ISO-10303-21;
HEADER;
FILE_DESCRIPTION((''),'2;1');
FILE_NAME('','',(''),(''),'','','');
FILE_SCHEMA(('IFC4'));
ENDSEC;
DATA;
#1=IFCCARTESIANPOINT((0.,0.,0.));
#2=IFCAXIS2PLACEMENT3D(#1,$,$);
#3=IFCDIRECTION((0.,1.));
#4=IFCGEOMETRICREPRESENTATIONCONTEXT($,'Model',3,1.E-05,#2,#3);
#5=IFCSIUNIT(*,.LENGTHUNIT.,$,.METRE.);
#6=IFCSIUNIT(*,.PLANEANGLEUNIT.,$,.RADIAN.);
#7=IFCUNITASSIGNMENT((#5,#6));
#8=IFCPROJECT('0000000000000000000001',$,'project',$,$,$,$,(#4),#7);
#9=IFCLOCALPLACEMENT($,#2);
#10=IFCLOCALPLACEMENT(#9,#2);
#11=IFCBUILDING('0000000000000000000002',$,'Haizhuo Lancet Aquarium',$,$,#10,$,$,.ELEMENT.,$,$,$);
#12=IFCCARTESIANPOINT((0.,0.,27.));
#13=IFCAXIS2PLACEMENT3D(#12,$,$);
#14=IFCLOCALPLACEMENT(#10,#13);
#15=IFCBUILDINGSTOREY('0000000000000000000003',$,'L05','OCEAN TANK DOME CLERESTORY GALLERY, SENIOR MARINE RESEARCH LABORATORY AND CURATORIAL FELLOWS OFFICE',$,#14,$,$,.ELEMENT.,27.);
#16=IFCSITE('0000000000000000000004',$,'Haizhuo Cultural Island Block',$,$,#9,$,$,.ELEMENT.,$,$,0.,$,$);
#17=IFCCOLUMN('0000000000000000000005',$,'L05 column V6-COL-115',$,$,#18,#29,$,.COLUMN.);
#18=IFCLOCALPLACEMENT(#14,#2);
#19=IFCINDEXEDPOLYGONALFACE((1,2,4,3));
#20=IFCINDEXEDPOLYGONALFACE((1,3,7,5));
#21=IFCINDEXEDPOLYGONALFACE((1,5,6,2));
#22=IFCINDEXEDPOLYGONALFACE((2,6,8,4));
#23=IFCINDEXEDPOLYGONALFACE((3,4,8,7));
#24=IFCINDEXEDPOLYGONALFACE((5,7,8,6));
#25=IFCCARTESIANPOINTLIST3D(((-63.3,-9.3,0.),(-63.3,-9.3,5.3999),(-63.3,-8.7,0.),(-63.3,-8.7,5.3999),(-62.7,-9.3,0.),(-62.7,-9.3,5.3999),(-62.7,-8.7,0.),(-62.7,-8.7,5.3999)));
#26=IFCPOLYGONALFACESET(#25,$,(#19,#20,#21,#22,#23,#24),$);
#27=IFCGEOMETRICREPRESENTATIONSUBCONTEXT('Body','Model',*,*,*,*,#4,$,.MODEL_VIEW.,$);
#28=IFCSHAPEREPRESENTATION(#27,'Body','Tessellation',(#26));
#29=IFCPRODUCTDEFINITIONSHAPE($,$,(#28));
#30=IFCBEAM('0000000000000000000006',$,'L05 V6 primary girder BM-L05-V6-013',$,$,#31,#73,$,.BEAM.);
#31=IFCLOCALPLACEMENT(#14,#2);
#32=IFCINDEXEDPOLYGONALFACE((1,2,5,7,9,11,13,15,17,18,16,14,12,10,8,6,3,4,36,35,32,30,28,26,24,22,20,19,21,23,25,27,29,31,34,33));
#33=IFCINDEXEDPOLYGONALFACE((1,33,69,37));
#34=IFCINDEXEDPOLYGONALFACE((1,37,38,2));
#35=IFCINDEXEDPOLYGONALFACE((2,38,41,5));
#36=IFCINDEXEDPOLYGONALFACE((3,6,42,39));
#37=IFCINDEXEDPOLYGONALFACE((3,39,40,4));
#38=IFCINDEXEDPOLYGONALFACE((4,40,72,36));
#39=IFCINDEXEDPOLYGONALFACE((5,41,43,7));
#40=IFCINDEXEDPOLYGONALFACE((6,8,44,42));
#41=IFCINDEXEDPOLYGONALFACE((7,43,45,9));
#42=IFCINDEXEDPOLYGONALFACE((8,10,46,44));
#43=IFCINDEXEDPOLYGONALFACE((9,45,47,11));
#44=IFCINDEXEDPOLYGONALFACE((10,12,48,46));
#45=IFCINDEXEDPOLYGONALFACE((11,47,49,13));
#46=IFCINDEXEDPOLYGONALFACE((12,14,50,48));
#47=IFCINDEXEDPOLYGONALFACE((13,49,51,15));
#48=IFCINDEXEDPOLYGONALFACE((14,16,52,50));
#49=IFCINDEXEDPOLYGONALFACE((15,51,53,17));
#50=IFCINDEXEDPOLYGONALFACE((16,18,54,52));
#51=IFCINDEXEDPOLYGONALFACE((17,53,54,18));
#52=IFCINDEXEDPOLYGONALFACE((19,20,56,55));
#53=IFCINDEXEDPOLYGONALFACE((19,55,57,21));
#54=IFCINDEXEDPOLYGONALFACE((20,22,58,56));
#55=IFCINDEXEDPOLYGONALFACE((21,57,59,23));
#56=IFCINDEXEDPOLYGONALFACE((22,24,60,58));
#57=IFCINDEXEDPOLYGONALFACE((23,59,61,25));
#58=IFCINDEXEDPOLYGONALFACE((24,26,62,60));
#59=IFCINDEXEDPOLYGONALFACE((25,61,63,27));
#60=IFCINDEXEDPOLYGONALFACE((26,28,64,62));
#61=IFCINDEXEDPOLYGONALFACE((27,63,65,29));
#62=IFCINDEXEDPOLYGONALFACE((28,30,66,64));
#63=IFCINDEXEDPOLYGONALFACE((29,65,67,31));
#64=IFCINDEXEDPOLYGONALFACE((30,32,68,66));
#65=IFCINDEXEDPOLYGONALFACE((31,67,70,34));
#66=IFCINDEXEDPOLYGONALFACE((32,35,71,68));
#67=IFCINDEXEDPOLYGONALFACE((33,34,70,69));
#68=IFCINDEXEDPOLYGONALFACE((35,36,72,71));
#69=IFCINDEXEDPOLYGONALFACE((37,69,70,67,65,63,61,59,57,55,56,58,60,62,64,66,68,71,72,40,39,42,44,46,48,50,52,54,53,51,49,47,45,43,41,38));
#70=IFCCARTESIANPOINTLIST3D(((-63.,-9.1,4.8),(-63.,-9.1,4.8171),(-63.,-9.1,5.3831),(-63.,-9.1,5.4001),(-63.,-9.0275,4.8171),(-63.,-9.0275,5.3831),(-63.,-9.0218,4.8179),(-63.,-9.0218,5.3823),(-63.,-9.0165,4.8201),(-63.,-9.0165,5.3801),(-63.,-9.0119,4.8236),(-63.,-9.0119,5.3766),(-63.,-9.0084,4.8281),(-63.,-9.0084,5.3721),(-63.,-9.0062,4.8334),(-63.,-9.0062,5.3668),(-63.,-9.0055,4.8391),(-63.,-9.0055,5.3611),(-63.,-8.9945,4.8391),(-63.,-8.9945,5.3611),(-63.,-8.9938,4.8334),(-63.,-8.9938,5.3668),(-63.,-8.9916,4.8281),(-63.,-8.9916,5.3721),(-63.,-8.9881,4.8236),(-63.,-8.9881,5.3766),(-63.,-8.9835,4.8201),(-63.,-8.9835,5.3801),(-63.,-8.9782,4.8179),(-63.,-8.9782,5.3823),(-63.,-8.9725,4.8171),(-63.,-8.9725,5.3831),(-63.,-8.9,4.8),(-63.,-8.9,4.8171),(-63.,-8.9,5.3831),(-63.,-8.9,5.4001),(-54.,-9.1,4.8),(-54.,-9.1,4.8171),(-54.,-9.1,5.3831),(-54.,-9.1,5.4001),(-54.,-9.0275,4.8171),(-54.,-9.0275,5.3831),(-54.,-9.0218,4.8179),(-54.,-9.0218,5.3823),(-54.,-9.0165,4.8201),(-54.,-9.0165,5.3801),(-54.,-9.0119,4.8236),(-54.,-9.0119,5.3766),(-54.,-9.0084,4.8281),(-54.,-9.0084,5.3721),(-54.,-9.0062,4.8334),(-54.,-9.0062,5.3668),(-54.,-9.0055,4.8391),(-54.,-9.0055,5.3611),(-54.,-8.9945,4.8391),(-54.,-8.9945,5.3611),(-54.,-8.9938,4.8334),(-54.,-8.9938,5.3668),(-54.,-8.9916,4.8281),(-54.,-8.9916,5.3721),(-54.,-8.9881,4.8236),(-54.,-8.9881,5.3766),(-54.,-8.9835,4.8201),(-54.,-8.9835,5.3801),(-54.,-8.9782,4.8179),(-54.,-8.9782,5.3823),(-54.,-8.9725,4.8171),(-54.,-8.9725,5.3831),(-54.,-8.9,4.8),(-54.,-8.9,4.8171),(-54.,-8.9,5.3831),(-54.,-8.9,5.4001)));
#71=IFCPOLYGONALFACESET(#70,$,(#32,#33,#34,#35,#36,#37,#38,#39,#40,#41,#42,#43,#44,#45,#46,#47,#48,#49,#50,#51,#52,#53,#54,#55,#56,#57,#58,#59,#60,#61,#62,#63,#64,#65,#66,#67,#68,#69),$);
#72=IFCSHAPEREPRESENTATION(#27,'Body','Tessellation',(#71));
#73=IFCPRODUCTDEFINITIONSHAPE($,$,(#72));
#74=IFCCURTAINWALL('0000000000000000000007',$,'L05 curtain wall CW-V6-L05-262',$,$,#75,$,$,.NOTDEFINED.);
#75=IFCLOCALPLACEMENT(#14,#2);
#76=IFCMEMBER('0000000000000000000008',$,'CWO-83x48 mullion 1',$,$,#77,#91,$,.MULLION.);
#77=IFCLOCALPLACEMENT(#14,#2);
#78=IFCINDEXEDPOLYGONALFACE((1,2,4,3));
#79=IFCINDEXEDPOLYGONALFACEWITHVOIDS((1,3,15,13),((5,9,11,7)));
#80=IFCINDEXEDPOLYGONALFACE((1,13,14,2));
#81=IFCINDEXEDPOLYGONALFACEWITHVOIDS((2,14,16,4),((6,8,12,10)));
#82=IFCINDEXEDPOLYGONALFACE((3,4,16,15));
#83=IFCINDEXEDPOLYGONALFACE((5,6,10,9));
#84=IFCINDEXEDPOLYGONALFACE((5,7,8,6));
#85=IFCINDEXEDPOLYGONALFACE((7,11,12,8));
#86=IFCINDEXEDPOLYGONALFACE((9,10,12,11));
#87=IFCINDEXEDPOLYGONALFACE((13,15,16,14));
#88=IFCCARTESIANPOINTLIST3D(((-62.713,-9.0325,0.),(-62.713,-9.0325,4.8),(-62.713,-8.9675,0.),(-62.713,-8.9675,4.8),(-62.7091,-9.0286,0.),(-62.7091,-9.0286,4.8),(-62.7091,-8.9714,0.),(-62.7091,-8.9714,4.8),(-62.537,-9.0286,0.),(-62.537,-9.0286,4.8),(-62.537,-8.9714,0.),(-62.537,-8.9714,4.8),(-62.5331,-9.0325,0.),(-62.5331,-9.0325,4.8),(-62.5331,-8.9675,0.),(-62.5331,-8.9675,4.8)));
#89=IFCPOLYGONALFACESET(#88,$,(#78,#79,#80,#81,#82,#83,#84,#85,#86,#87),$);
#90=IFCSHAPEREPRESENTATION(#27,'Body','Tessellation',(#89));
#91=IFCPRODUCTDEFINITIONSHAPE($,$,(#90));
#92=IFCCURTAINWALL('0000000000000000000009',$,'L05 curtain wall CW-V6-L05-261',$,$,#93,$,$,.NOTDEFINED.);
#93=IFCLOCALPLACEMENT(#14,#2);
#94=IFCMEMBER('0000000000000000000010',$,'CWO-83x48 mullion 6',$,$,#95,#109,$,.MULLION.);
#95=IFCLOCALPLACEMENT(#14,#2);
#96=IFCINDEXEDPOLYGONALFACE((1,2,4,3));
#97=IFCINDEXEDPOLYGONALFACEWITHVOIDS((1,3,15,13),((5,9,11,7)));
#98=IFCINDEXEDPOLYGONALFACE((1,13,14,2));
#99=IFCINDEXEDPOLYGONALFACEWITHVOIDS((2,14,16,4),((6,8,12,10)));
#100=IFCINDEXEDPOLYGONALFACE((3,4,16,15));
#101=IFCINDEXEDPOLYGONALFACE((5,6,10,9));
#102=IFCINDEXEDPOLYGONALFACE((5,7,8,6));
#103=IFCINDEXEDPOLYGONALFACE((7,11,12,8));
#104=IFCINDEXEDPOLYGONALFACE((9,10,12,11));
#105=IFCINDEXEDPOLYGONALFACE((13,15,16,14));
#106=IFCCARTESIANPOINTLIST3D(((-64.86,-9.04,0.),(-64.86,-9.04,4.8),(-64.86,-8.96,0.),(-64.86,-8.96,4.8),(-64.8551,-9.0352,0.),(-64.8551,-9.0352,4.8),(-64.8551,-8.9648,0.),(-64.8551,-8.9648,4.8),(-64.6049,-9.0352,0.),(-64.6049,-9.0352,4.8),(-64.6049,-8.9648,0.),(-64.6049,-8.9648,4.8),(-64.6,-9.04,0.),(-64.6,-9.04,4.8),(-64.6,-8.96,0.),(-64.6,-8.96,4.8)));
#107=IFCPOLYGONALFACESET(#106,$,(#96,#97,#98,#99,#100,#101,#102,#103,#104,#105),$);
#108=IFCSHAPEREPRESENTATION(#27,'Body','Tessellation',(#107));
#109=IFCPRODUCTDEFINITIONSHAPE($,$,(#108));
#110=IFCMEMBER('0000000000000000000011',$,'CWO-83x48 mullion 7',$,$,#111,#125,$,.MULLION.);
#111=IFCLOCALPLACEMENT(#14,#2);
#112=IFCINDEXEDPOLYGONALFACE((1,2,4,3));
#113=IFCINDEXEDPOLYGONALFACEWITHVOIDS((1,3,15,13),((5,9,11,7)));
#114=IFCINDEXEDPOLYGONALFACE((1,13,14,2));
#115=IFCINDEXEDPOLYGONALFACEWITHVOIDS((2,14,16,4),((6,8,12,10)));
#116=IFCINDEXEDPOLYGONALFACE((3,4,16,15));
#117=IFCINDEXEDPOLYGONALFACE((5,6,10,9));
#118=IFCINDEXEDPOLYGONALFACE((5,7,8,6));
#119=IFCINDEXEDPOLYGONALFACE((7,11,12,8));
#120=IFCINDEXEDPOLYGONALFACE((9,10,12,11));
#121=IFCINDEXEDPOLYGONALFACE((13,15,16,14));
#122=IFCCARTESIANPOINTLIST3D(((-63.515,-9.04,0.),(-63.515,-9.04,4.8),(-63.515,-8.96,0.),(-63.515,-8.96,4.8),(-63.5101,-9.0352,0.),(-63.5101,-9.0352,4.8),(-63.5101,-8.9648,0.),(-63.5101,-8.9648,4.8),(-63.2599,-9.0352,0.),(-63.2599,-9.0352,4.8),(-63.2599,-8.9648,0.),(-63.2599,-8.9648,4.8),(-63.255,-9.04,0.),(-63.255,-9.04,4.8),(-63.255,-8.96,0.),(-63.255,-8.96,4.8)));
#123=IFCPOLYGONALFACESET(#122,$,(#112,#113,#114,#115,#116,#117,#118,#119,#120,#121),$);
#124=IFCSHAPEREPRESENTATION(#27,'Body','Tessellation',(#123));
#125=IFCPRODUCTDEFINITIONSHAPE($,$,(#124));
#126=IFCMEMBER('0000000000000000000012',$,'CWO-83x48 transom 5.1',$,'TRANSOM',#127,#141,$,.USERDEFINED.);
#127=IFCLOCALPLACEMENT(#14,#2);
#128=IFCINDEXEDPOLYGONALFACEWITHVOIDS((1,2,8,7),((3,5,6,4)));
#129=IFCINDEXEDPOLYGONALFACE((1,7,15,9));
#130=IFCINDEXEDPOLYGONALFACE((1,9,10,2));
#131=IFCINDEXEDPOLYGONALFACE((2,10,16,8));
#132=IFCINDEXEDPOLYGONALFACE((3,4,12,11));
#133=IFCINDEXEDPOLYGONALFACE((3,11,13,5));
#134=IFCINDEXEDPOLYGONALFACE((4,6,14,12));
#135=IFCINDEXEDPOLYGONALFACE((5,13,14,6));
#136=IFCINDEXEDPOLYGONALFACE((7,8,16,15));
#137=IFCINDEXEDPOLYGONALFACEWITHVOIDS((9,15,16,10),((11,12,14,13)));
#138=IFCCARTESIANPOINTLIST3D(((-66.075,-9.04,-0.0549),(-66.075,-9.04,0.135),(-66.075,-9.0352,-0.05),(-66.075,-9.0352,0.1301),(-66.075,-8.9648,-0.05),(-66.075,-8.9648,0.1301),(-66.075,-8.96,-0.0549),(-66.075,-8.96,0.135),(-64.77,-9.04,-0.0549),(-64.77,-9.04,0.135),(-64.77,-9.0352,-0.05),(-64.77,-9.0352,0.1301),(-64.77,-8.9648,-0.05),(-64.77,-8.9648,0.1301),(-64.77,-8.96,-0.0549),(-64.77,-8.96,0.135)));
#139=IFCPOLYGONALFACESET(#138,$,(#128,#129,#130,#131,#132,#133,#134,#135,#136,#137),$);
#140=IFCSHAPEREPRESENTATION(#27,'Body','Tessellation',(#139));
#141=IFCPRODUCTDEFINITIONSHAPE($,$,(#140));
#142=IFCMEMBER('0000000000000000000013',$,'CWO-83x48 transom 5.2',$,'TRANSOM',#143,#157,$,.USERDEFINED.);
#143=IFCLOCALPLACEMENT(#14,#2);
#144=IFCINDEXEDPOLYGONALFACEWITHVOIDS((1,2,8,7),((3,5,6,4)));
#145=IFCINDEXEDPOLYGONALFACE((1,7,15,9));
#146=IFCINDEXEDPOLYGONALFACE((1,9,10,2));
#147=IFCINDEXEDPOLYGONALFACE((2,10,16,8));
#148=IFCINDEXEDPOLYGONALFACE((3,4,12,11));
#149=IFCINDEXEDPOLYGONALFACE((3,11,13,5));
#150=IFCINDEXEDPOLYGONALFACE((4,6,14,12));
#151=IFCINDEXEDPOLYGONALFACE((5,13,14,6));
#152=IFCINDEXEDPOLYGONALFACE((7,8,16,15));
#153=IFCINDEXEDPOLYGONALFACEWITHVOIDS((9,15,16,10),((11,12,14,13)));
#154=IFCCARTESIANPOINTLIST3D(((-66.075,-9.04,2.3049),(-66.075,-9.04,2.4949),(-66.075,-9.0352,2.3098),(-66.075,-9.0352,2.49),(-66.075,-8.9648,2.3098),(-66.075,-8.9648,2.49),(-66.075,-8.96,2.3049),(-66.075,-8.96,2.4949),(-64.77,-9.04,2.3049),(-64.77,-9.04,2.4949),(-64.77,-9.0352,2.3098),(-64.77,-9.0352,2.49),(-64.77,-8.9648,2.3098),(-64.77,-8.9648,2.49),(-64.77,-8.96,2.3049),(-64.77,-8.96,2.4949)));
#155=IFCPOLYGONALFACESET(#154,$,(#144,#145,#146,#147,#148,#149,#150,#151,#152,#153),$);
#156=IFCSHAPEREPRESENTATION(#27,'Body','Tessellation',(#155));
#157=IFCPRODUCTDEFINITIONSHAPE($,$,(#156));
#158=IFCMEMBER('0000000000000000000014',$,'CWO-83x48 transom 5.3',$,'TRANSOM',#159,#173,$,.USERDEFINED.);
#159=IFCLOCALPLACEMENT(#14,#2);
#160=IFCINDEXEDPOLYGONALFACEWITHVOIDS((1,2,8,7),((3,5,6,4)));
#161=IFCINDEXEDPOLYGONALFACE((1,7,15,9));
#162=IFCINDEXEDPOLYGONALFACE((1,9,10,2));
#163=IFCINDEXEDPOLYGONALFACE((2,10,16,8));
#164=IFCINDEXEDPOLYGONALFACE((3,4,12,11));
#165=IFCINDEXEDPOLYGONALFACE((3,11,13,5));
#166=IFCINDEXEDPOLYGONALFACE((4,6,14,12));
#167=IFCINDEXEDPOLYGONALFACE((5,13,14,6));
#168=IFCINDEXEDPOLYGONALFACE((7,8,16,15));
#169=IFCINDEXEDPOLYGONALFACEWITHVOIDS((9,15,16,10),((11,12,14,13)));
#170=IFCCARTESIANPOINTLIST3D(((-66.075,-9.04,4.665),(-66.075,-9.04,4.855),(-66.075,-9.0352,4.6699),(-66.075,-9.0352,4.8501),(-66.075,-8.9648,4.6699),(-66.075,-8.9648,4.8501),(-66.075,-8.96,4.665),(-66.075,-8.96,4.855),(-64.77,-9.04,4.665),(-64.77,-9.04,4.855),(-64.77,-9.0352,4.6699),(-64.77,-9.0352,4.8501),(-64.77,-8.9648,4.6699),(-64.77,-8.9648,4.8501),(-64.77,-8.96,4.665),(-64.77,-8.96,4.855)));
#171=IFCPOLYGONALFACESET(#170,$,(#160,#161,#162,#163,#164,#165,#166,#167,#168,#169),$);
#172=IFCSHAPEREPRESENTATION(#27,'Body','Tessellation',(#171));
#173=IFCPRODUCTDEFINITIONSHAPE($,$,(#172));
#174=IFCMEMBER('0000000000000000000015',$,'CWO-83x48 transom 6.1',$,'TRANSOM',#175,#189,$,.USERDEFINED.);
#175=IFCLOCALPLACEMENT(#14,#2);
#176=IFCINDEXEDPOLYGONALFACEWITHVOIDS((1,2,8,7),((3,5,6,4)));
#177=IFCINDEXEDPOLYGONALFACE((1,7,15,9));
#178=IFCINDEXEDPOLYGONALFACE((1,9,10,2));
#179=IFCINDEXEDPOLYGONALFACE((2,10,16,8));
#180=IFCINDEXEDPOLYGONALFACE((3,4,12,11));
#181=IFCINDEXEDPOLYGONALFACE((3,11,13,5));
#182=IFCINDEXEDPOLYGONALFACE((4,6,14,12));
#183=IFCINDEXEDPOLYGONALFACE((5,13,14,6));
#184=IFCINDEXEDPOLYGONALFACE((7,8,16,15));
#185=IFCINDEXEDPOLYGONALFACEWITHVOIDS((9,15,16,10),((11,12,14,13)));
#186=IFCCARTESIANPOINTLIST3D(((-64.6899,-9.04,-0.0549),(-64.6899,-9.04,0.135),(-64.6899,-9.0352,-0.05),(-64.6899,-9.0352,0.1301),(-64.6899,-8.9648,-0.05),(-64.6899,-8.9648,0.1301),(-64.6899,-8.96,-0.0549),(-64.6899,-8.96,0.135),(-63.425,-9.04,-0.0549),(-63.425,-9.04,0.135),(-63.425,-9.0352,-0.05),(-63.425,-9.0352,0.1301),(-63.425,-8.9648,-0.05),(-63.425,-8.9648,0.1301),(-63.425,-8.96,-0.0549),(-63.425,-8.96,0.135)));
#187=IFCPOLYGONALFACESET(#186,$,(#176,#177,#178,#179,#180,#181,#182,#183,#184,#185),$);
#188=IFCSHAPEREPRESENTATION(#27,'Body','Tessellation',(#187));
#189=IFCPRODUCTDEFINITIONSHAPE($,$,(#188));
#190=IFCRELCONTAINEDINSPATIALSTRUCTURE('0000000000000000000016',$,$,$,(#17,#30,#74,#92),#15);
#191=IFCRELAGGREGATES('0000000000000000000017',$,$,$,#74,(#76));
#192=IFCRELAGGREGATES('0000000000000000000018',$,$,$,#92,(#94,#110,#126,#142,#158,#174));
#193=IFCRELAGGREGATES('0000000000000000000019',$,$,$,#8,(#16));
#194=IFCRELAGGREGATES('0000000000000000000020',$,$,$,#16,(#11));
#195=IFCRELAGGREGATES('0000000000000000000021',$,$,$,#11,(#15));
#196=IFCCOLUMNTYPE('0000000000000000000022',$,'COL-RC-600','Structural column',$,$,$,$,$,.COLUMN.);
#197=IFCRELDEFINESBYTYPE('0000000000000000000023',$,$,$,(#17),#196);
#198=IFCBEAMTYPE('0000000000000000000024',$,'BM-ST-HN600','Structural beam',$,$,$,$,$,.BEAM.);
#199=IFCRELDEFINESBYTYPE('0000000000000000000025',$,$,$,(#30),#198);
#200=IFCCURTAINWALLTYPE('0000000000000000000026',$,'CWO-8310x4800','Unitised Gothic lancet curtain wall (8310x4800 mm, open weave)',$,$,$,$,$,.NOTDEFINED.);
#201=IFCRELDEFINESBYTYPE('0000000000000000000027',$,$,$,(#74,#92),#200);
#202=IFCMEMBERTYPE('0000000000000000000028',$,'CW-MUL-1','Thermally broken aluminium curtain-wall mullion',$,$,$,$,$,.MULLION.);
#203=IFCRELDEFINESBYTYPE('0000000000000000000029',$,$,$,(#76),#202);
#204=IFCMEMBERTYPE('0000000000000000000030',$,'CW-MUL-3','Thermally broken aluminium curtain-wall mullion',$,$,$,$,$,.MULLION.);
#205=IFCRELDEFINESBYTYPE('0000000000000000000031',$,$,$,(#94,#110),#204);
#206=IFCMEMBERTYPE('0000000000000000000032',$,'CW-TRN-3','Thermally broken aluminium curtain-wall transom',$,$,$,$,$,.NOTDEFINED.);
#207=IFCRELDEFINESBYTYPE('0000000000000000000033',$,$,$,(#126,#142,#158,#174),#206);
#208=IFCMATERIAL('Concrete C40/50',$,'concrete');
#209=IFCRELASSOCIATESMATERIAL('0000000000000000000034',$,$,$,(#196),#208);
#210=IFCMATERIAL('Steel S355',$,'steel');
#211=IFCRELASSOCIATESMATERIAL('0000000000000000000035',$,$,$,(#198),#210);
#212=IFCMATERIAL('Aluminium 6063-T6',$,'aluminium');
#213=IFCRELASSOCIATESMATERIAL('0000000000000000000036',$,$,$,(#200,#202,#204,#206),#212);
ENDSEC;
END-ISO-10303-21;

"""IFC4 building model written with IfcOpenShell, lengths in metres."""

from ifc_helpers import new_model, si_unit, direction, frame, origin, origin_2d, place, context, subcontext, project, spatial, rectangle, hollow_rectangle, i_section, extrude, material, material_profile, profile_set, type_object, element, aggregate, save


model = new_model("IFC4")

# Units and contexts
model_context = context("Model", 3, precision=1e-05, world=origin(), true_north=direction((0.0, 1.0)))
body_context = subcontext(model_context, "Body", "Model", "MODEL_VIEW")
ifc_project = project(units=[si_unit("LENGTHUNIT", "METRE"), si_unit("PLANEANGLEUNIT", "RADIAN")], contexts=[model_context])

# Site, building, storey
site_placement = place(None, origin())
site = spatial("IfcSite", under=ifc_project, at=site_placement, Name="Haizhuo Cultural Island Block", CompositionType="ELEMENT", RefElevation=0.0)
building_placement = place(site_placement, origin())
building = spatial("IfcBuilding", under=site, at=building_placement, Name="Haizhuo Lancet Aquarium", CompositionType="ELEMENT")
storey_placement = place(building_placement, frame((0.0, 0.0, 27.0)))
storey = spatial("IfcBuildingStorey", under=building, at=storey_placement, Name="L05", Description="OCEAN TANK DOME CLERESTORY GALLERY, SENIOR MARINE RESEARCH LABORATORY AND CURATORIAL FELLOWS OFFICE", CompositionType="ELEMENT", Elevation=27.0)

# Column
ifc_material_1 = material(Name="Concrete C40/50", Category="concrete")
ifc_material_profile_1 = material_profile(ifc_material_1, rectangle(XDim=0.6001, YDim=0.6001, at=origin_2d()), Name="RC-COL 600x600")
ifc_profile_set_1 = profile_set([ifc_material_profile_1], Name="Concrete C40/50")
column_type = type_object("IfcColumnType", Name="COL-RC-600", Description="Structural column", PredefinedType="COLUMN", material=ifc_profile_set_1)
column_placement = place(storey_placement, frame((-63.0, -9.0, 0.0), z_axis=(0.0, 0.0, 1.0), x_axis=(1.0, 0.0, 0.0)))
element("IfcColumn", 1, at=column_placement, inside=storey, type_object=column_type, Name="L05 column V6-COL-115", PredefinedType="COLUMN", context=body_context, shape_type="SweptSolid", body=[
    extrude(rectangle(XDim=0.6001, YDim=0.6001, at=origin_2d()), origin(), (0.0, 0.0, 1.0), 5.3999),
])

# Beam
ifc_material_2 = material(Name="Steel S355", Category="steel")
ifc_material_profile_2 = material_profile(ifc_material_2, i_section(OverallWidth=0.2, OverallDepth=0.6001, WebThickness=0.011, FlangeThickness=0.0171, FilletRadius=0.022, at=origin_2d()), Name="HN 600x200x11x17")
ifc_profile_set_2 = profile_set([ifc_material_profile_2], Name="Steel S355")
beam_type = type_object("IfcBeamType", Name="BM-ST-HN600", Description="Structural beam", PredefinedType="BEAM", material=ifc_profile_set_2)
beam_placement = place(storey_placement, frame((-63.0, -9.0, 5.1001), z_axis=(1.0, 0.0, 0.0), x_axis=(0.0, 1.0, 0.0)))
element("IfcBeam", 2, at=beam_placement, inside=storey, type_object=beam_type, Name="L05 V6 primary girder BM-L05-V6-013", PredefinedType="BEAM", context=body_context, shape_type="SweptSolid", body=[
    extrude(i_section(OverallWidth=0.2, OverallDepth=0.6001, WebThickness=0.011, FlangeThickness=0.0171, FilletRadius=0.022, at=origin_2d()), origin(), (0.0, 0.0, 1.0), 9.0),
])

# Curtain wall, member
ifc_material_3 = material(Name="Aluminium 6063-T6", Category="aluminium")
curtain_wall_type = type_object("IfcCurtainWallType", Name="CWO-8310x4800", Description="Unitised Gothic lancet curtain wall (8310x4800 mm, open weave)", PredefinedType="NOTDEFINED", material=ifc_material_3)
curtain_wall_1_placement = place(storey_placement, origin())
curtain_wall_1 = element("IfcCurtainWall", 3, at=curtain_wall_1_placement, inside=storey, type_object=curtain_wall_type, Name="L05 curtain wall CW-V6-L05-262", PredefinedType="NOTDEFINED")
ifc_material_profile_3 = material_profile(ifc_material_3, hollow_rectangle(XDim=0.0649, YDim=0.1799, WallThickness=0.0039, at=origin_2d()), Name="ALU-M 65x180x4")
ifc_profile_set_3 = profile_set([ifc_material_profile_3], Name="Aluminium 6063-T6")
member_type_1 = type_object("IfcMemberType", Name="CW-MUL-1", Description="Thermally broken aluminium curtain-wall mullion", PredefinedType="MULLION", material=ifc_profile_set_3)
member_1_placement = place(storey_placement, frame((-62.623, -9.0, 0.0), z_axis=(0.0, 0.0, 1.0), x_axis=(0.0, 1.0, 0.0)))
member_1 = element("IfcMember", 4, at=member_1_placement, type_object=member_type_1, Name="CWO-83x48 mullion 1", PredefinedType="MULLION", context=body_context, shape_type="SweptSolid", body=[
    extrude(hollow_rectangle(XDim=0.0649, YDim=0.1799, WallThickness=0.0039, at=origin_2d()), origin(), (0.0, 0.0, 1.0), 4.8),
])
aggregate(curtain_wall_1, [member_1])

# Curtain wall, members
curtain_wall_2_placement = place(storey_placement, origin())
curtain_wall_2 = element("IfcCurtainWall", 5, at=curtain_wall_2_placement, inside=storey, type_object=curtain_wall_type, Name="L05 curtain wall CW-V6-L05-261", PredefinedType="NOTDEFINED")
ifc_material_profile_4 = material_profile(ifc_material_3, hollow_rectangle(XDim=0.0801, YDim=0.26, WallThickness=0.0049, at=origin_2d()), Name="ALU-M 80x260x5")
ifc_profile_set_4 = profile_set([ifc_material_profile_4], Name="Aluminium 6063-T6")
member_type_2 = type_object("IfcMemberType", Name="CW-MUL-3", Description="Thermally broken aluminium curtain-wall mullion", PredefinedType="MULLION", material=ifc_profile_set_4)
member_2_placement = place(storey_placement, frame((-64.73, -9.0, 0.0), z_axis=(0.0, 0.0, 1.0), x_axis=(0.0, 1.0, 0.0)))
member_2 = element("IfcMember", 6, at=member_2_placement, type_object=member_type_2, Name="CWO-83x48 mullion 6", PredefinedType="MULLION", context=body_context, shape_type="SweptSolid", body=[
    extrude(hollow_rectangle(XDim=0.0801, YDim=0.26, WallThickness=0.0049, at=origin_2d()), origin(), (0.0, 0.0, 1.0), 4.8),
])
member_3_placement = place(storey_placement, frame((-63.385, -9.0, 0.0), z_axis=(0.0, 0.0, 1.0), x_axis=(0.0, 1.0, 0.0)))
member_3 = element("IfcMember", 7, at=member_3_placement, type_object=member_type_2, Name="CWO-83x48 mullion 7", PredefinedType="MULLION", context=body_context, shape_type="SweptSolid", body=[
    extrude(hollow_rectangle(XDim=0.0801, YDim=0.26, WallThickness=0.0049, at=origin_2d()), origin(), (0.0, 0.0, 1.0), 4.8),
])
ifc_material_profile_5 = material_profile(ifc_material_3, hollow_rectangle(XDim=0.0801, YDim=0.1899, WallThickness=0.0049, at=origin_2d()), Name="ALU-T 80x190x5")
ifc_profile_set_5 = profile_set([ifc_material_profile_5], Name="Aluminium 6063-T6")
member_type_3 = type_object("IfcMemberType", Name="CW-TRN-3", Description="Thermally broken aluminium curtain-wall transom", PredefinedType="NOTDEFINED", material=ifc_profile_set_5)
member_4_placement = place(storey_placement, frame((-66.075, -9.0, 0.04), z_axis=(1.0, 0.0, 0.0), x_axis=(0.0, 1.0, 0.0)))
member_4 = element("IfcMember", 8, at=member_4_placement, type_object=member_type_3, Name="CWO-83x48 transom 5.1", ObjectType="TRANSOM", PredefinedType="USERDEFINED", context=body_context, shape_type="SweptSolid", body=[
    extrude(hollow_rectangle(XDim=0.0801, YDim=0.1899, WallThickness=0.0049, at=origin_2d()), origin(), (0.0, 0.0, 1.0), 1.3049),
])
member_5_placement = place(storey_placement, frame((-66.075, -9.0, 2.3999), z_axis=(1.0, 0.0, 0.0), x_axis=(0.0, 1.0, 0.0)))
member_5 = element("IfcMember", 9, at=member_5_placement, type_object=member_type_3, Name="CWO-83x48 transom 5.2", ObjectType="TRANSOM", PredefinedType="USERDEFINED", context=body_context, shape_type="SweptSolid", body=[
    extrude(hollow_rectangle(XDim=0.0801, YDim=0.1899, WallThickness=0.0049, at=origin_2d()), origin(), (0.0, 0.0, 1.0), 1.3049),
])
member_6_placement = place(storey_placement, frame((-66.075, -9.0, 4.76), z_axis=(1.0, 0.0, 0.0), x_axis=(0.0, 1.0, 0.0)))
member_6 = element("IfcMember", 10, at=member_6_placement, type_object=member_type_3, Name="CWO-83x48 transom 5.3", ObjectType="TRANSOM", PredefinedType="USERDEFINED", context=body_context, shape_type="SweptSolid", body=[
    extrude(hollow_rectangle(XDim=0.0801, YDim=0.1899, WallThickness=0.0049, at=origin_2d()), origin(), (0.0, 0.0, 1.0), 1.3049),
])
member_7_placement = place(storey_placement, frame((-64.6899, -9.0, 0.04), z_axis=(1.0, 0.0, 0.0), x_axis=(0.0, 1.0, 0.0)))
member_7 = element("IfcMember", 11, at=member_7_placement, type_object=member_type_3, Name="CWO-83x48 transom 6.1", ObjectType="TRANSOM", PredefinedType="USERDEFINED", context=body_context, shape_type="SweptSolid", body=[
    extrude(hollow_rectangle(XDim=0.0801, YDim=0.1899, WallThickness=0.0049, at=origin_2d()), origin(), (0.0, 0.0, 1.0), 1.2649),
])

aggregate(curtain_wall_2, [member_2, member_3, member_4, member_5, member_6, member_7])

save(model, "model.ifc")
